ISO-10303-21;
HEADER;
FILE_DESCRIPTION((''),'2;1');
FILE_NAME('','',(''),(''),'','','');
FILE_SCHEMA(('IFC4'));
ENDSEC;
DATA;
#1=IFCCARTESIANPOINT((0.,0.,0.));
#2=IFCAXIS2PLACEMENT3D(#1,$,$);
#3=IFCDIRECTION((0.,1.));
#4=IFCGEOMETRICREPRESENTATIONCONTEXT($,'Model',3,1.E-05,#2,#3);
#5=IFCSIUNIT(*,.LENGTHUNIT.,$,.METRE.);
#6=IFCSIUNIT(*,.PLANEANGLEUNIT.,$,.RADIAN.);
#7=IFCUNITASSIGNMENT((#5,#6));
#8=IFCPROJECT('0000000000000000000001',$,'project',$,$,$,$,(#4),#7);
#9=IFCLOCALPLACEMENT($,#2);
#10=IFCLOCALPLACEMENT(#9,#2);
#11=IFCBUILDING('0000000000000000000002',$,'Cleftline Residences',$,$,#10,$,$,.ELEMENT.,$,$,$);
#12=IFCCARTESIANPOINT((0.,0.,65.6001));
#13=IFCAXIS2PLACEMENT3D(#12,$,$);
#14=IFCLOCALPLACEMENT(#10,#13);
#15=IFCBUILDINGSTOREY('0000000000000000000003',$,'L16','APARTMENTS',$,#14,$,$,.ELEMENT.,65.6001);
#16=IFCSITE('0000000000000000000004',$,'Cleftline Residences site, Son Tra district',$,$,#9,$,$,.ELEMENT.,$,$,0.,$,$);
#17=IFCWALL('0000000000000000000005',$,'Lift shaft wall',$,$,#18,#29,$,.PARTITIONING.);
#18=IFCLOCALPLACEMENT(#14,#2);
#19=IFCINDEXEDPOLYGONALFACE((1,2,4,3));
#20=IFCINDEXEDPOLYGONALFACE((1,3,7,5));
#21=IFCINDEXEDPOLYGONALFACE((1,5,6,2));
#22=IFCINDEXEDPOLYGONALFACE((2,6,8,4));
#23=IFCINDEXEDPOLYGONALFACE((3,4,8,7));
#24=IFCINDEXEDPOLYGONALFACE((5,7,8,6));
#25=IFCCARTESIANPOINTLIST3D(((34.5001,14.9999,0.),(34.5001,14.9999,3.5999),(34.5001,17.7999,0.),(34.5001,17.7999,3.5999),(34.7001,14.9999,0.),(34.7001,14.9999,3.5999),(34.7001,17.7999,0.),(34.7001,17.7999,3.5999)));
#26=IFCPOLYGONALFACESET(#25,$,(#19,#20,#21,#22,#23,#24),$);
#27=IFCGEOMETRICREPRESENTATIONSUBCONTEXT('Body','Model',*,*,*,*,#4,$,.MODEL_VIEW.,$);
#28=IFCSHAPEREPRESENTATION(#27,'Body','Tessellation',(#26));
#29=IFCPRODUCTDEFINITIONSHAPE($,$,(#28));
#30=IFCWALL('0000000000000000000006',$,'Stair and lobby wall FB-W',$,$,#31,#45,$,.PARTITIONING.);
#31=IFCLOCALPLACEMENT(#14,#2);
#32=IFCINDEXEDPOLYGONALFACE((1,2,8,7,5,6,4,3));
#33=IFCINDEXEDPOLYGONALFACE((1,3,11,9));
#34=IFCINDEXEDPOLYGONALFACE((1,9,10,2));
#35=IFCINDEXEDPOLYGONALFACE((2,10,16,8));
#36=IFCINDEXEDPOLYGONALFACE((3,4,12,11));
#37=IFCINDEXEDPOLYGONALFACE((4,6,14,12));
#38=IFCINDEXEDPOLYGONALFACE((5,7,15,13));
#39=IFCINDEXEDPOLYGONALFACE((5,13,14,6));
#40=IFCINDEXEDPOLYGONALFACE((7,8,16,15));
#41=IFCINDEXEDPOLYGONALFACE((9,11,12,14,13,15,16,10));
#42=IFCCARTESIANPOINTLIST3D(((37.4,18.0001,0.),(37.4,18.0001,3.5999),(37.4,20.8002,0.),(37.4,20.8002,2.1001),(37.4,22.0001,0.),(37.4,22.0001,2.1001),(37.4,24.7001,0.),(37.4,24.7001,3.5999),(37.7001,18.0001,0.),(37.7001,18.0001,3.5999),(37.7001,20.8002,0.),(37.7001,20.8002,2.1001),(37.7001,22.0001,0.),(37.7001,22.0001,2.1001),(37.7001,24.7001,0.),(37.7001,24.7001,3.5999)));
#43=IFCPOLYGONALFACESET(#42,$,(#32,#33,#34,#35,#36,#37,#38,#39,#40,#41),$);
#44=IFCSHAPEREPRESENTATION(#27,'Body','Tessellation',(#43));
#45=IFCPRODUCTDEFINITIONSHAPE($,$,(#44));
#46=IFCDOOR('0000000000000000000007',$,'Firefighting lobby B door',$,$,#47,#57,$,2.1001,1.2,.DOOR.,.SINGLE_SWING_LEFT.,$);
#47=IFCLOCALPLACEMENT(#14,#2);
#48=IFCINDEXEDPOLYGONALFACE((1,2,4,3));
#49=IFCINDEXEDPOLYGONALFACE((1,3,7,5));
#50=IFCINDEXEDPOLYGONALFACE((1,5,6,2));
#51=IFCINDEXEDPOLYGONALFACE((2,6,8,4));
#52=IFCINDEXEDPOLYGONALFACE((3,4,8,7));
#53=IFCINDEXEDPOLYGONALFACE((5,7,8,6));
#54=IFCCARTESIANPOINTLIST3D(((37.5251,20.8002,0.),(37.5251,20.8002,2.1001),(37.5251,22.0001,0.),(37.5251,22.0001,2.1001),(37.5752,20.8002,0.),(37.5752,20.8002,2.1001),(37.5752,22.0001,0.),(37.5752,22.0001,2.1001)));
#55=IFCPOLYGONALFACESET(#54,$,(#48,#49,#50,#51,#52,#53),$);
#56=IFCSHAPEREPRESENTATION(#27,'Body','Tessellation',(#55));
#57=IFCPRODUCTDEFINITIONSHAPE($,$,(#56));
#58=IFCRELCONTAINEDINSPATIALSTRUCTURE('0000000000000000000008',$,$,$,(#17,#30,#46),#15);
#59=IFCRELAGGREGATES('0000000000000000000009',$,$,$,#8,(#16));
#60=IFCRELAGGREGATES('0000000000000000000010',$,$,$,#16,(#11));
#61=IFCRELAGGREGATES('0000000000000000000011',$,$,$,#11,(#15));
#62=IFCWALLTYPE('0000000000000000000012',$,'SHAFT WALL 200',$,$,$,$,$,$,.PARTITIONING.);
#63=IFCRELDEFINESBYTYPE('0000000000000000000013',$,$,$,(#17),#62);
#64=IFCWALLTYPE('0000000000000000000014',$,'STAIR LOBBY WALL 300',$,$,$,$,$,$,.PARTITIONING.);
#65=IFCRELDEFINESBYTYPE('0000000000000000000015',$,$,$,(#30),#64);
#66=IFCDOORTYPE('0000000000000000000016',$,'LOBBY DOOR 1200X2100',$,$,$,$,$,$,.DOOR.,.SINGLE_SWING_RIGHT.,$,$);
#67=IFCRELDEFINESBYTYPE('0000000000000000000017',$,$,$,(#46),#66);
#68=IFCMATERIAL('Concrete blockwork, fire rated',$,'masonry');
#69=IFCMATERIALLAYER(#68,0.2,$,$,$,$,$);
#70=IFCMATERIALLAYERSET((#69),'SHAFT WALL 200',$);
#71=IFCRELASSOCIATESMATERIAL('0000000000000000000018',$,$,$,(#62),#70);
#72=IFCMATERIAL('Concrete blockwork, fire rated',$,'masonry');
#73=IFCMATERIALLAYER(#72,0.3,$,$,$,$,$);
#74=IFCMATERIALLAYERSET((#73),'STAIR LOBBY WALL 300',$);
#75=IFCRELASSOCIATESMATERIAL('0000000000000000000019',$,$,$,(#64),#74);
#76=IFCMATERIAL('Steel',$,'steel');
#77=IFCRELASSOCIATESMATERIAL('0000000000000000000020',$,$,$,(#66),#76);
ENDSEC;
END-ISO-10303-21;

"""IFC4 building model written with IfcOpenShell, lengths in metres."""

from ifc_helpers import new_model, si_unit, direction, frame, frame_2d, origin, place, context, subcontext, project, spatial, rectangle, extrude, material, layer, layer_set, type_object, element, fill, save


model = new_model("IFC4")

# Units and contexts
model_context = context("Model", 3, precision=1e-05, world=origin(), true_north=direction((0.0, 1.0)))
body_context = subcontext(model_context, "Body", "Model", "MODEL_VIEW")
ifc_project = project(units=[si_unit("LENGTHUNIT", "METRE"), si_unit("PLANEANGLEUNIT", "RADIAN")], contexts=[model_context])

# Site, building, storey
site_placement = place(None, origin())
site = spatial("IfcSite", under=ifc_project, at=site_placement, Name="Cleftline Residences site, Son Tra district", CompositionType="ELEMENT", RefElevation=0.0)
building_placement = place(site_placement, origin())
building = spatial("IfcBuilding", under=site, at=building_placement, Name="Cleftline Residences", CompositionType="ELEMENT")
storey_placement = place(building_placement, frame((0.0, 0.0, 65.6001)))
storey = spatial("IfcBuildingStorey", under=building, at=storey_placement, Name="L16", Description="APARTMENTS", CompositionType="ELEMENT", Elevation=65.6001)

# Wall
ifc_material_1 = material(Name="Concrete blockwork, fire rated", Category="masonry")
ifc_layer_1 = layer(ifc_material_1, 0.2)
ifc_layer_set_1 = layer_set([ifc_layer_1], Name="SHAFT WALL 200")
wall_type_1 = type_object("IfcWallType", Name="SHAFT WALL 200", PredefinedType="PARTITIONING", material=ifc_layer_set_1)
for number, where, z_axis, x_axis, name in (
    (1, (34.6001, 15.0, 0.0), (0.0, 0.0, 1.0), (0.0, 1.0, 0.0), "Lift shaft wall"),
):
    element("IfcWall", number, at=place(storey_placement, frame(where, z_axis=z_axis, x_axis=x_axis)), inside=storey, type_object=wall_type_1, Name=name, PredefinedType="PARTITIONING", context=body_context, shape_type="SweptSolid", body=[
        extrude(rectangle(XDim=2.8, YDim=0.2, at=frame_2d((1.3999, 0.0))), origin(), (0.0, 0.0, 1.0), 3.5999),
    ])

# Wall, opening, door
ifc_material_2 = material(Name="Concrete blockwork, fire rated", Category="masonry")
ifc_layer_2 = layer(ifc_material_2, 0.3)
ifc_layer_set_2 = layer_set([ifc_layer_2], Name="STAIR LOBBY WALL 300")
wall_type_2 = type_object("IfcWallType", Name="STAIR LOBBY WALL 300", PredefinedType="PARTITIONING", material=ifc_layer_set_2)
wall_1_placement = place(storey_placement, frame((37.55, 18.0, 0.0), z_axis=(0.0, 0.0, 1.0), x_axis=(0.0, 1.0, 0.0)))
wall_1 = element("IfcWall", 2, at=wall_1_placement, inside=storey, type_object=wall_type_2, Name="Stair and lobby wall FB-W", PredefinedType="PARTITIONING", context=body_context, shape_type="SweptSolid", body=[
    extrude(rectangle(XDim=6.7, YDim=0.3, at=frame_2d((3.3501, 0.0))), origin(), (0.0, 0.0, 1.0), 3.5999),
])
opening_1_placement = place(wall_1_placement, frame((2.8, 0.0, 0.0)))
opening_1 = element("IfcOpeningElement", 3, at=opening_1_placement, cuts=wall_1, PredefinedType="OPENING", context=body_context, shape_type="SweptSolid", body=[
    extrude(rectangle(XDim=1.2, YDim=2.1001, at=frame_2d((0.6001, 1.05))), frame((0.0, 0.1599, 0.0), z_axis=(0.0, -1.0, 0.0), x_axis=(1.0, 0.0, 0.0)), (0.0, 0.0, 1.0), 0.3201),
])
ifc_material_3 = material(Name="Steel", Category="steel")
door_type_1 = type_object("IfcDoorType", Name="LOBBY DOOR 1200X2100", OperationType="SINGLE_SWING_RIGHT", PredefinedType="DOOR", material=ifc_material_3)
door_1_placement = place(opening_1_placement, origin())
door_1 = element("IfcDoor", 4, at=door_1_placement, inside=storey, type_object=door_type_1, Name="Firefighting lobby B door", OperationType="SINGLE_SWING_LEFT", OverallHeight=2.1001, OverallWidth=1.2, PredefinedType="DOOR", context=body_context, shape_type="SweptSolid", body=[
    extrude(rectangle(XDim=1.2, YDim=2.1001, at=frame_2d((0.6001, 1.05))), frame((0.0, 0.0249, 0.0), z_axis=(0.0, -1.0, 0.0), x_axis=(1.0, 0.0, 0.0)), (0.0, 0.0, 1.0), 0.05),
])
fill(opening_1, door_1)

save(model, "model.ifc")
